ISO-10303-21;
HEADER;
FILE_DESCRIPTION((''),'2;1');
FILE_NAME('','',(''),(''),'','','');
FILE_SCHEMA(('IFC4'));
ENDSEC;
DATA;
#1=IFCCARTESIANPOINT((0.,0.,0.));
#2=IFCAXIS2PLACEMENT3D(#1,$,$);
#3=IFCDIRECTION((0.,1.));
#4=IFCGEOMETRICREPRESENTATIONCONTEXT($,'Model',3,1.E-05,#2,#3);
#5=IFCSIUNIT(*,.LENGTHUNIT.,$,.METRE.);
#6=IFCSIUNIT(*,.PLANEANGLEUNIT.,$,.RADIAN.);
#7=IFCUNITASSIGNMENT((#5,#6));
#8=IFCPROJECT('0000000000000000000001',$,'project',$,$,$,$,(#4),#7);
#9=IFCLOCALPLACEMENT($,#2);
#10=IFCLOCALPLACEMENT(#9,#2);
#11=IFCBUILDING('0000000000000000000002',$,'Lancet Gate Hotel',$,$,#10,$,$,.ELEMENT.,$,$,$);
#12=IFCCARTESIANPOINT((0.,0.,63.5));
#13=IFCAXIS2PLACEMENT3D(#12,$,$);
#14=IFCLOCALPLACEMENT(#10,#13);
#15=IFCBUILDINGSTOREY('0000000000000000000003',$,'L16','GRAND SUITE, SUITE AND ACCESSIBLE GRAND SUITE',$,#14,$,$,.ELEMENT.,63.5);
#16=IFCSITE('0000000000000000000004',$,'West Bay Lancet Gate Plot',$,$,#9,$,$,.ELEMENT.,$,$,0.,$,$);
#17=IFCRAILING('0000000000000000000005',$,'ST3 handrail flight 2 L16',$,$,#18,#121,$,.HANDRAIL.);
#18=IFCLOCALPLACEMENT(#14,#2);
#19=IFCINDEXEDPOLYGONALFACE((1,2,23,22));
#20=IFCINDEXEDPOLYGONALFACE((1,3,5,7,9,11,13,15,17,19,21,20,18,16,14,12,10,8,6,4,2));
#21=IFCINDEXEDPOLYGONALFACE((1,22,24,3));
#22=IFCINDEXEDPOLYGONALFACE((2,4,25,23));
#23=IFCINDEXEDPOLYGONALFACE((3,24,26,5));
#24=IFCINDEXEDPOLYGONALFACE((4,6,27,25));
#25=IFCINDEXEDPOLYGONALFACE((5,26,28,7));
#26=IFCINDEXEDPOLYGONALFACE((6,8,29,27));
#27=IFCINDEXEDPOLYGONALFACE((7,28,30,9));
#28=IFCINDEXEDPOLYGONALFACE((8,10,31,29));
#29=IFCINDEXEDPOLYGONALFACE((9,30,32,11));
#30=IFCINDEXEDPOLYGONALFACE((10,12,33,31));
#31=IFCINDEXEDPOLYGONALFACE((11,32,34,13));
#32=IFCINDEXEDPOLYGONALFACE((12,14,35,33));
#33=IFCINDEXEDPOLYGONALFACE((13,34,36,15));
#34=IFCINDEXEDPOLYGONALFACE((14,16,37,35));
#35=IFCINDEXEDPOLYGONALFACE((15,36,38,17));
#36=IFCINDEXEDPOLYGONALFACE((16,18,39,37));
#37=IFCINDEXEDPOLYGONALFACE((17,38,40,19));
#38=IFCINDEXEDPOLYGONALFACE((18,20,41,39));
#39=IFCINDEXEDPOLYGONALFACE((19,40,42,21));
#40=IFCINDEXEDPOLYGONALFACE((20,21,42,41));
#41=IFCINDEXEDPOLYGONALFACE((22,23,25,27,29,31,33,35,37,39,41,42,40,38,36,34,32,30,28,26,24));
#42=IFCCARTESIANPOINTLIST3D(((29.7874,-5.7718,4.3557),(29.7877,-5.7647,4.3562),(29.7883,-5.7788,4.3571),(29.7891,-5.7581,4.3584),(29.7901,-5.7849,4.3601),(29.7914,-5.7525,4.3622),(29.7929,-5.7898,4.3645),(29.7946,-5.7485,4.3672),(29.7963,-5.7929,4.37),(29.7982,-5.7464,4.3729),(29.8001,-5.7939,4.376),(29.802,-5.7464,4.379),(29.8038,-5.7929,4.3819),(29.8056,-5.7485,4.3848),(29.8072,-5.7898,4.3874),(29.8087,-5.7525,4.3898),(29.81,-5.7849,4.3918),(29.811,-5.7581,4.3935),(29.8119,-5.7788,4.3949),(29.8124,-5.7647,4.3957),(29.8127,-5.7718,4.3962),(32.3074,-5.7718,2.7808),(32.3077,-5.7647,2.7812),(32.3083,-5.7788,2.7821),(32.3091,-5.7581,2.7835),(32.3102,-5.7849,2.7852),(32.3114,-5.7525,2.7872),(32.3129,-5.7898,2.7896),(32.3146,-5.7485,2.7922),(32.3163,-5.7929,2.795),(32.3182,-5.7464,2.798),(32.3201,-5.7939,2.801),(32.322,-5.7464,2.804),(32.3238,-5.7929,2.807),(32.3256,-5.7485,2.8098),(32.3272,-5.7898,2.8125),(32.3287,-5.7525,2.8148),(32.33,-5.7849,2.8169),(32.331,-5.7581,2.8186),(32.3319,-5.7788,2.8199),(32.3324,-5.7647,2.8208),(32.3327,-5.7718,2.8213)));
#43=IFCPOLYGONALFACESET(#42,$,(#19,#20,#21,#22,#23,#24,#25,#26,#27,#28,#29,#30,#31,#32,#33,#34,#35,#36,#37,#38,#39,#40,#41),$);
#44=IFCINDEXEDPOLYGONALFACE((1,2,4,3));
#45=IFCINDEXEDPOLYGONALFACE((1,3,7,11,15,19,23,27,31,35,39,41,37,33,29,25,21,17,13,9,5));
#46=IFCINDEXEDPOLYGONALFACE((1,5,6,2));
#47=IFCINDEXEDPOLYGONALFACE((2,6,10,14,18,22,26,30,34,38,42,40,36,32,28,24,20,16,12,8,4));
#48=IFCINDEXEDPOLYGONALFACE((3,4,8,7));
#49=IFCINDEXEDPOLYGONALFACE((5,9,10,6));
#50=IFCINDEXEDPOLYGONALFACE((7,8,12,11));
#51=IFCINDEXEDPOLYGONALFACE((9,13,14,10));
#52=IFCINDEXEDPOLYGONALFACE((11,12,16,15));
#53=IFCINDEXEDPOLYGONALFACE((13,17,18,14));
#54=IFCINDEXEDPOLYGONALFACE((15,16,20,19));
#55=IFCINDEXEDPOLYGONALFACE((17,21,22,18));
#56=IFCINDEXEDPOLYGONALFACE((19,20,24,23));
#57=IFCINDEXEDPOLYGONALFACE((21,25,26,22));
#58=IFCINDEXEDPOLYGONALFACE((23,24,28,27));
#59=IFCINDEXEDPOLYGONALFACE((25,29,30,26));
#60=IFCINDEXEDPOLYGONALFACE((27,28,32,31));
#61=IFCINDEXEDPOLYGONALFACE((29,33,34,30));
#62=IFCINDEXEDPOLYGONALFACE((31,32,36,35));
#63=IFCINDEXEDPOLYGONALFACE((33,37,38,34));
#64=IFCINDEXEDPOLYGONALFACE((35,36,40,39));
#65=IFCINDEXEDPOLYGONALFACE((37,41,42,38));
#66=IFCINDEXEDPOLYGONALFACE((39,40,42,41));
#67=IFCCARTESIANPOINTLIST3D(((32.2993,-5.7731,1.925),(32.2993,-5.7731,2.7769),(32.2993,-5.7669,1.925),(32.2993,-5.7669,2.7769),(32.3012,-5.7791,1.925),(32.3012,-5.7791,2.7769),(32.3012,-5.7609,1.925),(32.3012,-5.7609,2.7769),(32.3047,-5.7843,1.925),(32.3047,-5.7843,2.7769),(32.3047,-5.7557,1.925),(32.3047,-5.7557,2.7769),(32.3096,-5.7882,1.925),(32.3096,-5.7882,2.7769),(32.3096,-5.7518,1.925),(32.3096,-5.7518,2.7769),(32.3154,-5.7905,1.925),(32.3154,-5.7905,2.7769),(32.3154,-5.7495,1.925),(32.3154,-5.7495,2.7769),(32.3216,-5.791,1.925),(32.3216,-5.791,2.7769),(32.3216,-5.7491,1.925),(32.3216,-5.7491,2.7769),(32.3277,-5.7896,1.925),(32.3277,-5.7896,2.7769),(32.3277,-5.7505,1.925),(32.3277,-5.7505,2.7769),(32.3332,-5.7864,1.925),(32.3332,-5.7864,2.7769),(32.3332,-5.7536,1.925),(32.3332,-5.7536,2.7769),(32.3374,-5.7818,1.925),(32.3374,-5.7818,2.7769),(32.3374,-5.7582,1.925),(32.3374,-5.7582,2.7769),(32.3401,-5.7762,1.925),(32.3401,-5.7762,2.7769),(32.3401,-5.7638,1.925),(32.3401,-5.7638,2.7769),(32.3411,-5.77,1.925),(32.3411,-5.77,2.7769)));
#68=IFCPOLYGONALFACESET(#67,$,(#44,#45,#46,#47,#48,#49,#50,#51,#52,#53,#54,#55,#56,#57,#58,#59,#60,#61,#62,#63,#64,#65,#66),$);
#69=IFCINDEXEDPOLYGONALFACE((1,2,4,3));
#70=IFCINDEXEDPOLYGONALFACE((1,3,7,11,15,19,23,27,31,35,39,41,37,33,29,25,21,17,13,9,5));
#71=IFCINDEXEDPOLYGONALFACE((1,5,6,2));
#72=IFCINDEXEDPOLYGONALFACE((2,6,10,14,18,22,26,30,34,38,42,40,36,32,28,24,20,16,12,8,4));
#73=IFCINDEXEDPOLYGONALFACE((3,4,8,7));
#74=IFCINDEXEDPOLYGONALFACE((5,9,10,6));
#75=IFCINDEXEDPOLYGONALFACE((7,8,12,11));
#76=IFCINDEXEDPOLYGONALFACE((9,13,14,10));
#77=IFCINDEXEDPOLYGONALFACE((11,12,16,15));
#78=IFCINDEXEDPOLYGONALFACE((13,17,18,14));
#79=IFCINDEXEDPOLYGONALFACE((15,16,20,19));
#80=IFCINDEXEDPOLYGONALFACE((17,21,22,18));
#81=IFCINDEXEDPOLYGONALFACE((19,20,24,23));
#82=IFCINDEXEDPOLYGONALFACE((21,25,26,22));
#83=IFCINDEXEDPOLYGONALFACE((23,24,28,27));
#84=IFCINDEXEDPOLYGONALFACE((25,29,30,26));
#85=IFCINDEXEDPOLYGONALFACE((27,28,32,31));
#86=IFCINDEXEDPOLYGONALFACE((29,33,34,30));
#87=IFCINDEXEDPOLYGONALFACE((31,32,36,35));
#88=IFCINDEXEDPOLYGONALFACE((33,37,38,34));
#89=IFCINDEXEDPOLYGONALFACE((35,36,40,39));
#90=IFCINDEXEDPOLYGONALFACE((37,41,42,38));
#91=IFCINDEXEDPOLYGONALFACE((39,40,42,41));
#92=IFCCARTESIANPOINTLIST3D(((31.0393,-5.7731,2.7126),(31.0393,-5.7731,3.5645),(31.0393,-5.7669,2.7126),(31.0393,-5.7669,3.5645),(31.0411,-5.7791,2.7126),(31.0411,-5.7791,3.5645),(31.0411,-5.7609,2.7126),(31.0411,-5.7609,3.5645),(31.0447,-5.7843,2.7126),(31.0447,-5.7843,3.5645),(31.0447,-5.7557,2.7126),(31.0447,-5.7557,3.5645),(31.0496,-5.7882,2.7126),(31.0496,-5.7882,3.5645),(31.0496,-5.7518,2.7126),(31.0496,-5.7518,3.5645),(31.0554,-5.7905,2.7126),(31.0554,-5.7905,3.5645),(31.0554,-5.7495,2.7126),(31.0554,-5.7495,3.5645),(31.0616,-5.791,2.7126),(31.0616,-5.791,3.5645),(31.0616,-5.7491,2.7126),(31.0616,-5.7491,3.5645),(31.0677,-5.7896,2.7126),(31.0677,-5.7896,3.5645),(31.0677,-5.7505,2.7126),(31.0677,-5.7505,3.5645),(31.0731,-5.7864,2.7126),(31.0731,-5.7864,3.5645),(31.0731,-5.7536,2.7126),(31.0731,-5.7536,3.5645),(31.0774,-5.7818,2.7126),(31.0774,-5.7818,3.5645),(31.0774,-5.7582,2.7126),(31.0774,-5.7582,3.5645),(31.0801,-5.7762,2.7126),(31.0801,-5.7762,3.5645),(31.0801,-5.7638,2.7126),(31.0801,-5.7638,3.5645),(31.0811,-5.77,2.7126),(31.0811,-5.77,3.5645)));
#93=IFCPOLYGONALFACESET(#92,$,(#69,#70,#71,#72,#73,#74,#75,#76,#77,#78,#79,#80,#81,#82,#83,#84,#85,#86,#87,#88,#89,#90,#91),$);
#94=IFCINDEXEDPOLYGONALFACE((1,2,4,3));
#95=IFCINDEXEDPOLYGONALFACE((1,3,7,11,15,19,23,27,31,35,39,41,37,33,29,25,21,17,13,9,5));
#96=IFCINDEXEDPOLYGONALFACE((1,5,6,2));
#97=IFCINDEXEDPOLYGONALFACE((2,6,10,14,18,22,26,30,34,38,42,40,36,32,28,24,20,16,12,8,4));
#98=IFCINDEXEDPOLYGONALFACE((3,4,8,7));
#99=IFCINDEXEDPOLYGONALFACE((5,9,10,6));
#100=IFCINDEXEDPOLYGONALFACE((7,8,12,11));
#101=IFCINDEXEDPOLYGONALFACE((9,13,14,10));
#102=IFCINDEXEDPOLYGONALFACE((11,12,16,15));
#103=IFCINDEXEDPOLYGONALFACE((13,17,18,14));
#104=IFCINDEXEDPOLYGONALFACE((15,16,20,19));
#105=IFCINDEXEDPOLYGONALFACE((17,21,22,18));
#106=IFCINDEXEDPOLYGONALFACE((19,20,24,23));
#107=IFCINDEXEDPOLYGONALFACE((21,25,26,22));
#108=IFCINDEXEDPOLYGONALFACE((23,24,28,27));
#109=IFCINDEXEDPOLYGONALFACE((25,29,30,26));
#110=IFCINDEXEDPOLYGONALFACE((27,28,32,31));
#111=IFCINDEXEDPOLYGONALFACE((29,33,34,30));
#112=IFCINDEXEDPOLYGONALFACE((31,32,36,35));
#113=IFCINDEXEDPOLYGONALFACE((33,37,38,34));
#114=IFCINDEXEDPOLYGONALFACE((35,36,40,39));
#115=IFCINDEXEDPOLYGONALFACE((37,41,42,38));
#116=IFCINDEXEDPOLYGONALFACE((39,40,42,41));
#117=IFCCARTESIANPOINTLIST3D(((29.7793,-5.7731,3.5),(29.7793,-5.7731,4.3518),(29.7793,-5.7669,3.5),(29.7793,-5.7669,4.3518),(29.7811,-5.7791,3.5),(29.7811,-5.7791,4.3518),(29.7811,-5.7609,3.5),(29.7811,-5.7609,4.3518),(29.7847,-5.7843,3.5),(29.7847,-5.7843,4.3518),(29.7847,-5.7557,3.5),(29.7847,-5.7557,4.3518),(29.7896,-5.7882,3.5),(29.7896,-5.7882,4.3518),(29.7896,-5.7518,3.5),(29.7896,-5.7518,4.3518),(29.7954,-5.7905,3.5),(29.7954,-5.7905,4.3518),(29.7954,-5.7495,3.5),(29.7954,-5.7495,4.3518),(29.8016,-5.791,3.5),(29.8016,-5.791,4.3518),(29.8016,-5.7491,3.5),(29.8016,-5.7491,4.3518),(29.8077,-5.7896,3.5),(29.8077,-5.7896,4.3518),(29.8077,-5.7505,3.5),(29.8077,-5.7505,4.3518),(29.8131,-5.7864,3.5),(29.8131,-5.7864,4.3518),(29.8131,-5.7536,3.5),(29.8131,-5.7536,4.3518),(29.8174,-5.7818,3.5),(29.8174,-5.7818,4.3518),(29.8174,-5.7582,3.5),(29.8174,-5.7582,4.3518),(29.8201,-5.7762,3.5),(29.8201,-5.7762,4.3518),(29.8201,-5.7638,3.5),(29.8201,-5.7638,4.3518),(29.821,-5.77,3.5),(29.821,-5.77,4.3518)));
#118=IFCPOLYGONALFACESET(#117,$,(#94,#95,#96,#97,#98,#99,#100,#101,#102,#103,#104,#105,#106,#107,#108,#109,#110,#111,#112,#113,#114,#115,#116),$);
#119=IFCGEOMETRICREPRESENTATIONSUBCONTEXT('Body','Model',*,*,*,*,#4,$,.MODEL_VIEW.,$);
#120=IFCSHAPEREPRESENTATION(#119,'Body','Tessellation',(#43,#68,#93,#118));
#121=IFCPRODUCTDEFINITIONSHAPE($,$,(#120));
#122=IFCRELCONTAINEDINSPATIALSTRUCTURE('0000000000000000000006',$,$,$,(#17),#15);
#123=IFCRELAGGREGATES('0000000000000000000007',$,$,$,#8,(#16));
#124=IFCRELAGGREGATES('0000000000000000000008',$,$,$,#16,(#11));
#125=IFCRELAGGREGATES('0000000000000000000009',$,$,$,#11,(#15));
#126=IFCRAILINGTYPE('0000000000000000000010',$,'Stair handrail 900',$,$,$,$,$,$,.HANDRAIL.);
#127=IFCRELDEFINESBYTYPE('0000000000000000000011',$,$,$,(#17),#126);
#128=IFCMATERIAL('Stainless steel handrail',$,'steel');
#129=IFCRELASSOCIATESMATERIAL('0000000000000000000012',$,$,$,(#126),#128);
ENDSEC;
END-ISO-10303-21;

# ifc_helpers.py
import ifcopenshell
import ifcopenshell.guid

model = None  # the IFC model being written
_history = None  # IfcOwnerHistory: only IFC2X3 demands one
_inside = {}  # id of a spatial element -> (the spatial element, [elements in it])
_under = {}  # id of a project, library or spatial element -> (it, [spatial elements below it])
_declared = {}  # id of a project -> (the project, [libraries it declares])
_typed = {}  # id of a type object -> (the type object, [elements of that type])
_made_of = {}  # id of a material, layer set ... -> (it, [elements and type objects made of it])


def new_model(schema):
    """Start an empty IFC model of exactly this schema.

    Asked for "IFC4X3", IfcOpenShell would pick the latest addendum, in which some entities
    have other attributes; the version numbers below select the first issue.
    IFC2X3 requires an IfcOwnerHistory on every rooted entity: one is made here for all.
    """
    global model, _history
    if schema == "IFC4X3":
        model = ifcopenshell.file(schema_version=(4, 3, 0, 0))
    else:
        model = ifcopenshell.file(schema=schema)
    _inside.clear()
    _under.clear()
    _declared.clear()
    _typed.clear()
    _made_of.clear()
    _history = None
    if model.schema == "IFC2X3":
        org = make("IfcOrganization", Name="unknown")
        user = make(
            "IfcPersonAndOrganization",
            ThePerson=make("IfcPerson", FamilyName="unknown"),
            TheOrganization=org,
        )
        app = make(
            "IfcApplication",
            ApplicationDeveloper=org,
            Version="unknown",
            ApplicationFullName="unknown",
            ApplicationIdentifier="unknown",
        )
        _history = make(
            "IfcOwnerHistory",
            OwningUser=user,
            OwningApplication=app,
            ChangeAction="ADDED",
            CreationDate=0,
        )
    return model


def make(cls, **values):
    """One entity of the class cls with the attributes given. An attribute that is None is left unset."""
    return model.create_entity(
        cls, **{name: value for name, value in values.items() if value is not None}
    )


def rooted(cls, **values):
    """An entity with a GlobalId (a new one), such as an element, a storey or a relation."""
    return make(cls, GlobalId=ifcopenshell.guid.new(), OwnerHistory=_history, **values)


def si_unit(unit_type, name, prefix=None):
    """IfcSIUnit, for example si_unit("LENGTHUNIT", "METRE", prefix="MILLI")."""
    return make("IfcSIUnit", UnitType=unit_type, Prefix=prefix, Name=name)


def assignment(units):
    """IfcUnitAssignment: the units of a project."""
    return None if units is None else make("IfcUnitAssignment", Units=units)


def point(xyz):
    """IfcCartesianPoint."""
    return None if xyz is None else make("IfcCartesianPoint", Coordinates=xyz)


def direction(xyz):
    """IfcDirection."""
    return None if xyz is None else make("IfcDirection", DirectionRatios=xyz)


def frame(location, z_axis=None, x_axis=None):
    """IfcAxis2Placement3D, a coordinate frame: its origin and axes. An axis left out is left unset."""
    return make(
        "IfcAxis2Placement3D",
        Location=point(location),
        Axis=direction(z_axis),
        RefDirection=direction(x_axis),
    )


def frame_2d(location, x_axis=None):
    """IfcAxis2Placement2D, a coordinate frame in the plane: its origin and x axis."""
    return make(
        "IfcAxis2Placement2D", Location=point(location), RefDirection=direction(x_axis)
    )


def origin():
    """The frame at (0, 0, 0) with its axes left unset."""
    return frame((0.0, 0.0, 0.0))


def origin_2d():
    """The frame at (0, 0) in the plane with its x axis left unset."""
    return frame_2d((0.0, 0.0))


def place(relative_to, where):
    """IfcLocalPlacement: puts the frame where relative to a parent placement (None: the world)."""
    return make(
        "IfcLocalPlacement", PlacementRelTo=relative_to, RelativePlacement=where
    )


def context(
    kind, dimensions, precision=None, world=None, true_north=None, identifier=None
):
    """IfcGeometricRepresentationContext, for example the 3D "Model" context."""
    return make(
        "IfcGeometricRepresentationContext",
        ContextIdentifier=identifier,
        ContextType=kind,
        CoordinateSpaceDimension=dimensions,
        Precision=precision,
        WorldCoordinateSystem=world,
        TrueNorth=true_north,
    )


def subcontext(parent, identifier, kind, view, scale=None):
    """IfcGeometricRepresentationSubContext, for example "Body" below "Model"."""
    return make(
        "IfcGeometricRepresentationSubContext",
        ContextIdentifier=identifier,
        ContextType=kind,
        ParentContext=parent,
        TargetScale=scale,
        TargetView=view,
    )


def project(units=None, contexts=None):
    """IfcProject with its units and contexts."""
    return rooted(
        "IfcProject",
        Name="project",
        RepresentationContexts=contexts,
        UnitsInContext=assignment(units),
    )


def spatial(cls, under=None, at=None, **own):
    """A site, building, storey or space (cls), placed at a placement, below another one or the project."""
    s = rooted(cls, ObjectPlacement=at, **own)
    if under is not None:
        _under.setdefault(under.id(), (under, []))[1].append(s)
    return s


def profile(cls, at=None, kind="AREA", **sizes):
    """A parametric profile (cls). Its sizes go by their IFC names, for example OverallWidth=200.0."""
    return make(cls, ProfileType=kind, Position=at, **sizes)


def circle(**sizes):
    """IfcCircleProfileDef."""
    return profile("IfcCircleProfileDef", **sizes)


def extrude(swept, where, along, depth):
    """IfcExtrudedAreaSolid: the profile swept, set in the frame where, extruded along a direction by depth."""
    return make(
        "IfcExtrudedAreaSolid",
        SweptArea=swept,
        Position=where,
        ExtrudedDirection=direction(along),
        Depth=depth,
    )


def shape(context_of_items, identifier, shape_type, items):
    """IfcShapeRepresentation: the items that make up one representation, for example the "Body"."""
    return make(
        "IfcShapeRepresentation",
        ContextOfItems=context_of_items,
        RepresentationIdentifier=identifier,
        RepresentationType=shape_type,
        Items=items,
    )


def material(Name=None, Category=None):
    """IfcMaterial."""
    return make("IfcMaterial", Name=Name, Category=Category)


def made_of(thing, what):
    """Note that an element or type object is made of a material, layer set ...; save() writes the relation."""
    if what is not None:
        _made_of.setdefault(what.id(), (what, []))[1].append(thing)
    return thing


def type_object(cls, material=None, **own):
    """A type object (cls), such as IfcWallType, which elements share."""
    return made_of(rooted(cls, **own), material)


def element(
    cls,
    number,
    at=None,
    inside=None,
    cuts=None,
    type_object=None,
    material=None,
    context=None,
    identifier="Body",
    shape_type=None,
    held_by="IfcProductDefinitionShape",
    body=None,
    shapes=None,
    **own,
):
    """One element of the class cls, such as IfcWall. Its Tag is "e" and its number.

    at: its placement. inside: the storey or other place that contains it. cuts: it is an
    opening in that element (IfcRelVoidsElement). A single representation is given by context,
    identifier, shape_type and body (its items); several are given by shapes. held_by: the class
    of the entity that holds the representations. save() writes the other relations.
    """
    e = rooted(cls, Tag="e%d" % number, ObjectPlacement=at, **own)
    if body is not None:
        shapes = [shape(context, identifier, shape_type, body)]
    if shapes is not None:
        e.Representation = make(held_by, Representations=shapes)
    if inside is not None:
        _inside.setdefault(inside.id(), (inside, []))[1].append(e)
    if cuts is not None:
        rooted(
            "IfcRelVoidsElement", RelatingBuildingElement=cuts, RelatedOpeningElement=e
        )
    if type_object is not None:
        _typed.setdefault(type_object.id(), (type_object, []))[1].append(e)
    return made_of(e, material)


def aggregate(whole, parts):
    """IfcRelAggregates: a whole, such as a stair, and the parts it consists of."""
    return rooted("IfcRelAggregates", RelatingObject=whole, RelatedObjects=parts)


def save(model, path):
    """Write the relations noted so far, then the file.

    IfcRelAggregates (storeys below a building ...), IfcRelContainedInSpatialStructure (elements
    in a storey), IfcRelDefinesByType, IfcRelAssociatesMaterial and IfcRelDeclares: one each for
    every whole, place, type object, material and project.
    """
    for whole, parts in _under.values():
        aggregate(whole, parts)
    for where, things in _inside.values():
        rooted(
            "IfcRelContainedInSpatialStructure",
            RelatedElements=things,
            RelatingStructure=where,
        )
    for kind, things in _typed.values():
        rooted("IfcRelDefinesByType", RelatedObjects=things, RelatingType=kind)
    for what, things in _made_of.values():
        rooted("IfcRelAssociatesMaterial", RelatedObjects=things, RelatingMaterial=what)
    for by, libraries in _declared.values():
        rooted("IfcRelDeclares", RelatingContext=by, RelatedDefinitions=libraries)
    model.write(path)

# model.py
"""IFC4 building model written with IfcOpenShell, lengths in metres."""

from ifc_helpers import new_model, si_unit, direction, frame, origin, origin_2d, place, context, subcontext, project, spatial, circle, extrude, material, type_object, element, save


model = new_model("IFC4")

# Units and contexts
model_context = context("Model", 3, precision=1e-05, world=origin(), true_north=direction((0.0, 1.0)))
body_context = subcontext(model_context, "Body", "Model", "MODEL_VIEW")
ifc_project = project(units=[si_unit("LENGTHUNIT", "METRE"), si_unit("PLANEANGLEUNIT", "RADIAN")], contexts=[model_context])

# Site, building, storey
site_placement = place(None, origin())
site = spatial("IfcSite", under=ifc_project, at=site_placement, Name="West Bay Lancet Gate Plot", CompositionType="ELEMENT", RefElevation=0.0)
building_placement = place(site_placement, origin())
building = spatial("IfcBuilding", under=site, at=building_placement, Name="Lancet Gate Hotel", CompositionType="ELEMENT")
storey_placement = place(building_placement, frame((0.0, 0.0, 63.5)))
storey = spatial("IfcBuildingStorey", under=building, at=storey_placement, Name="L16", Description="GRAND SUITE, SUITE AND ACCESSIBLE GRAND SUITE", CompositionType="ELEMENT", Elevation=63.5)

# Railing
ifc_material_1 = material(Name="Stainless steel handrail", Category="steel")
railing_type = type_object("IfcRailingType", Name="Stair handrail 900", PredefinedType="HANDRAIL", material=ifc_material_1)
railing_1_placement = place(storey_placement, frame((32.3201, -5.77, 1.925)))
element("IfcRailing", 1, at=railing_1_placement, inside=storey, type_object=railing_type, Name="ST3 handrail flight 2 L16", PredefinedType="HANDRAIL", context=body_context, shape_type="SweptSolid", body=[
    extrude(circle(Radius=0.0239, at=origin_2d()), frame((0.0, 0.0, 0.876), z_axis=(-0.848008, 0.0, 0.529984), x_axis=(0.0, -1.0, 0.0)), (0.0, 0.0, 1.0), 2.9717),
    extrude(circle(Radius=0.021, at=origin_2d()), origin(), (0.0, 0.0, 1.0), 0.8518),
    extrude(circle(Radius=0.021, at=origin_2d()), frame((-1.26, 0.0, 0.7876)), (0.0, 0.0, 1.0), 0.8518),
    extrude(circle(Radius=0.021, at=origin_2d()), frame((-2.52, 0.0, 1.575)), (0.0, 0.0, 1.0), 0.8518),
])

save(model, "model.ifc")
